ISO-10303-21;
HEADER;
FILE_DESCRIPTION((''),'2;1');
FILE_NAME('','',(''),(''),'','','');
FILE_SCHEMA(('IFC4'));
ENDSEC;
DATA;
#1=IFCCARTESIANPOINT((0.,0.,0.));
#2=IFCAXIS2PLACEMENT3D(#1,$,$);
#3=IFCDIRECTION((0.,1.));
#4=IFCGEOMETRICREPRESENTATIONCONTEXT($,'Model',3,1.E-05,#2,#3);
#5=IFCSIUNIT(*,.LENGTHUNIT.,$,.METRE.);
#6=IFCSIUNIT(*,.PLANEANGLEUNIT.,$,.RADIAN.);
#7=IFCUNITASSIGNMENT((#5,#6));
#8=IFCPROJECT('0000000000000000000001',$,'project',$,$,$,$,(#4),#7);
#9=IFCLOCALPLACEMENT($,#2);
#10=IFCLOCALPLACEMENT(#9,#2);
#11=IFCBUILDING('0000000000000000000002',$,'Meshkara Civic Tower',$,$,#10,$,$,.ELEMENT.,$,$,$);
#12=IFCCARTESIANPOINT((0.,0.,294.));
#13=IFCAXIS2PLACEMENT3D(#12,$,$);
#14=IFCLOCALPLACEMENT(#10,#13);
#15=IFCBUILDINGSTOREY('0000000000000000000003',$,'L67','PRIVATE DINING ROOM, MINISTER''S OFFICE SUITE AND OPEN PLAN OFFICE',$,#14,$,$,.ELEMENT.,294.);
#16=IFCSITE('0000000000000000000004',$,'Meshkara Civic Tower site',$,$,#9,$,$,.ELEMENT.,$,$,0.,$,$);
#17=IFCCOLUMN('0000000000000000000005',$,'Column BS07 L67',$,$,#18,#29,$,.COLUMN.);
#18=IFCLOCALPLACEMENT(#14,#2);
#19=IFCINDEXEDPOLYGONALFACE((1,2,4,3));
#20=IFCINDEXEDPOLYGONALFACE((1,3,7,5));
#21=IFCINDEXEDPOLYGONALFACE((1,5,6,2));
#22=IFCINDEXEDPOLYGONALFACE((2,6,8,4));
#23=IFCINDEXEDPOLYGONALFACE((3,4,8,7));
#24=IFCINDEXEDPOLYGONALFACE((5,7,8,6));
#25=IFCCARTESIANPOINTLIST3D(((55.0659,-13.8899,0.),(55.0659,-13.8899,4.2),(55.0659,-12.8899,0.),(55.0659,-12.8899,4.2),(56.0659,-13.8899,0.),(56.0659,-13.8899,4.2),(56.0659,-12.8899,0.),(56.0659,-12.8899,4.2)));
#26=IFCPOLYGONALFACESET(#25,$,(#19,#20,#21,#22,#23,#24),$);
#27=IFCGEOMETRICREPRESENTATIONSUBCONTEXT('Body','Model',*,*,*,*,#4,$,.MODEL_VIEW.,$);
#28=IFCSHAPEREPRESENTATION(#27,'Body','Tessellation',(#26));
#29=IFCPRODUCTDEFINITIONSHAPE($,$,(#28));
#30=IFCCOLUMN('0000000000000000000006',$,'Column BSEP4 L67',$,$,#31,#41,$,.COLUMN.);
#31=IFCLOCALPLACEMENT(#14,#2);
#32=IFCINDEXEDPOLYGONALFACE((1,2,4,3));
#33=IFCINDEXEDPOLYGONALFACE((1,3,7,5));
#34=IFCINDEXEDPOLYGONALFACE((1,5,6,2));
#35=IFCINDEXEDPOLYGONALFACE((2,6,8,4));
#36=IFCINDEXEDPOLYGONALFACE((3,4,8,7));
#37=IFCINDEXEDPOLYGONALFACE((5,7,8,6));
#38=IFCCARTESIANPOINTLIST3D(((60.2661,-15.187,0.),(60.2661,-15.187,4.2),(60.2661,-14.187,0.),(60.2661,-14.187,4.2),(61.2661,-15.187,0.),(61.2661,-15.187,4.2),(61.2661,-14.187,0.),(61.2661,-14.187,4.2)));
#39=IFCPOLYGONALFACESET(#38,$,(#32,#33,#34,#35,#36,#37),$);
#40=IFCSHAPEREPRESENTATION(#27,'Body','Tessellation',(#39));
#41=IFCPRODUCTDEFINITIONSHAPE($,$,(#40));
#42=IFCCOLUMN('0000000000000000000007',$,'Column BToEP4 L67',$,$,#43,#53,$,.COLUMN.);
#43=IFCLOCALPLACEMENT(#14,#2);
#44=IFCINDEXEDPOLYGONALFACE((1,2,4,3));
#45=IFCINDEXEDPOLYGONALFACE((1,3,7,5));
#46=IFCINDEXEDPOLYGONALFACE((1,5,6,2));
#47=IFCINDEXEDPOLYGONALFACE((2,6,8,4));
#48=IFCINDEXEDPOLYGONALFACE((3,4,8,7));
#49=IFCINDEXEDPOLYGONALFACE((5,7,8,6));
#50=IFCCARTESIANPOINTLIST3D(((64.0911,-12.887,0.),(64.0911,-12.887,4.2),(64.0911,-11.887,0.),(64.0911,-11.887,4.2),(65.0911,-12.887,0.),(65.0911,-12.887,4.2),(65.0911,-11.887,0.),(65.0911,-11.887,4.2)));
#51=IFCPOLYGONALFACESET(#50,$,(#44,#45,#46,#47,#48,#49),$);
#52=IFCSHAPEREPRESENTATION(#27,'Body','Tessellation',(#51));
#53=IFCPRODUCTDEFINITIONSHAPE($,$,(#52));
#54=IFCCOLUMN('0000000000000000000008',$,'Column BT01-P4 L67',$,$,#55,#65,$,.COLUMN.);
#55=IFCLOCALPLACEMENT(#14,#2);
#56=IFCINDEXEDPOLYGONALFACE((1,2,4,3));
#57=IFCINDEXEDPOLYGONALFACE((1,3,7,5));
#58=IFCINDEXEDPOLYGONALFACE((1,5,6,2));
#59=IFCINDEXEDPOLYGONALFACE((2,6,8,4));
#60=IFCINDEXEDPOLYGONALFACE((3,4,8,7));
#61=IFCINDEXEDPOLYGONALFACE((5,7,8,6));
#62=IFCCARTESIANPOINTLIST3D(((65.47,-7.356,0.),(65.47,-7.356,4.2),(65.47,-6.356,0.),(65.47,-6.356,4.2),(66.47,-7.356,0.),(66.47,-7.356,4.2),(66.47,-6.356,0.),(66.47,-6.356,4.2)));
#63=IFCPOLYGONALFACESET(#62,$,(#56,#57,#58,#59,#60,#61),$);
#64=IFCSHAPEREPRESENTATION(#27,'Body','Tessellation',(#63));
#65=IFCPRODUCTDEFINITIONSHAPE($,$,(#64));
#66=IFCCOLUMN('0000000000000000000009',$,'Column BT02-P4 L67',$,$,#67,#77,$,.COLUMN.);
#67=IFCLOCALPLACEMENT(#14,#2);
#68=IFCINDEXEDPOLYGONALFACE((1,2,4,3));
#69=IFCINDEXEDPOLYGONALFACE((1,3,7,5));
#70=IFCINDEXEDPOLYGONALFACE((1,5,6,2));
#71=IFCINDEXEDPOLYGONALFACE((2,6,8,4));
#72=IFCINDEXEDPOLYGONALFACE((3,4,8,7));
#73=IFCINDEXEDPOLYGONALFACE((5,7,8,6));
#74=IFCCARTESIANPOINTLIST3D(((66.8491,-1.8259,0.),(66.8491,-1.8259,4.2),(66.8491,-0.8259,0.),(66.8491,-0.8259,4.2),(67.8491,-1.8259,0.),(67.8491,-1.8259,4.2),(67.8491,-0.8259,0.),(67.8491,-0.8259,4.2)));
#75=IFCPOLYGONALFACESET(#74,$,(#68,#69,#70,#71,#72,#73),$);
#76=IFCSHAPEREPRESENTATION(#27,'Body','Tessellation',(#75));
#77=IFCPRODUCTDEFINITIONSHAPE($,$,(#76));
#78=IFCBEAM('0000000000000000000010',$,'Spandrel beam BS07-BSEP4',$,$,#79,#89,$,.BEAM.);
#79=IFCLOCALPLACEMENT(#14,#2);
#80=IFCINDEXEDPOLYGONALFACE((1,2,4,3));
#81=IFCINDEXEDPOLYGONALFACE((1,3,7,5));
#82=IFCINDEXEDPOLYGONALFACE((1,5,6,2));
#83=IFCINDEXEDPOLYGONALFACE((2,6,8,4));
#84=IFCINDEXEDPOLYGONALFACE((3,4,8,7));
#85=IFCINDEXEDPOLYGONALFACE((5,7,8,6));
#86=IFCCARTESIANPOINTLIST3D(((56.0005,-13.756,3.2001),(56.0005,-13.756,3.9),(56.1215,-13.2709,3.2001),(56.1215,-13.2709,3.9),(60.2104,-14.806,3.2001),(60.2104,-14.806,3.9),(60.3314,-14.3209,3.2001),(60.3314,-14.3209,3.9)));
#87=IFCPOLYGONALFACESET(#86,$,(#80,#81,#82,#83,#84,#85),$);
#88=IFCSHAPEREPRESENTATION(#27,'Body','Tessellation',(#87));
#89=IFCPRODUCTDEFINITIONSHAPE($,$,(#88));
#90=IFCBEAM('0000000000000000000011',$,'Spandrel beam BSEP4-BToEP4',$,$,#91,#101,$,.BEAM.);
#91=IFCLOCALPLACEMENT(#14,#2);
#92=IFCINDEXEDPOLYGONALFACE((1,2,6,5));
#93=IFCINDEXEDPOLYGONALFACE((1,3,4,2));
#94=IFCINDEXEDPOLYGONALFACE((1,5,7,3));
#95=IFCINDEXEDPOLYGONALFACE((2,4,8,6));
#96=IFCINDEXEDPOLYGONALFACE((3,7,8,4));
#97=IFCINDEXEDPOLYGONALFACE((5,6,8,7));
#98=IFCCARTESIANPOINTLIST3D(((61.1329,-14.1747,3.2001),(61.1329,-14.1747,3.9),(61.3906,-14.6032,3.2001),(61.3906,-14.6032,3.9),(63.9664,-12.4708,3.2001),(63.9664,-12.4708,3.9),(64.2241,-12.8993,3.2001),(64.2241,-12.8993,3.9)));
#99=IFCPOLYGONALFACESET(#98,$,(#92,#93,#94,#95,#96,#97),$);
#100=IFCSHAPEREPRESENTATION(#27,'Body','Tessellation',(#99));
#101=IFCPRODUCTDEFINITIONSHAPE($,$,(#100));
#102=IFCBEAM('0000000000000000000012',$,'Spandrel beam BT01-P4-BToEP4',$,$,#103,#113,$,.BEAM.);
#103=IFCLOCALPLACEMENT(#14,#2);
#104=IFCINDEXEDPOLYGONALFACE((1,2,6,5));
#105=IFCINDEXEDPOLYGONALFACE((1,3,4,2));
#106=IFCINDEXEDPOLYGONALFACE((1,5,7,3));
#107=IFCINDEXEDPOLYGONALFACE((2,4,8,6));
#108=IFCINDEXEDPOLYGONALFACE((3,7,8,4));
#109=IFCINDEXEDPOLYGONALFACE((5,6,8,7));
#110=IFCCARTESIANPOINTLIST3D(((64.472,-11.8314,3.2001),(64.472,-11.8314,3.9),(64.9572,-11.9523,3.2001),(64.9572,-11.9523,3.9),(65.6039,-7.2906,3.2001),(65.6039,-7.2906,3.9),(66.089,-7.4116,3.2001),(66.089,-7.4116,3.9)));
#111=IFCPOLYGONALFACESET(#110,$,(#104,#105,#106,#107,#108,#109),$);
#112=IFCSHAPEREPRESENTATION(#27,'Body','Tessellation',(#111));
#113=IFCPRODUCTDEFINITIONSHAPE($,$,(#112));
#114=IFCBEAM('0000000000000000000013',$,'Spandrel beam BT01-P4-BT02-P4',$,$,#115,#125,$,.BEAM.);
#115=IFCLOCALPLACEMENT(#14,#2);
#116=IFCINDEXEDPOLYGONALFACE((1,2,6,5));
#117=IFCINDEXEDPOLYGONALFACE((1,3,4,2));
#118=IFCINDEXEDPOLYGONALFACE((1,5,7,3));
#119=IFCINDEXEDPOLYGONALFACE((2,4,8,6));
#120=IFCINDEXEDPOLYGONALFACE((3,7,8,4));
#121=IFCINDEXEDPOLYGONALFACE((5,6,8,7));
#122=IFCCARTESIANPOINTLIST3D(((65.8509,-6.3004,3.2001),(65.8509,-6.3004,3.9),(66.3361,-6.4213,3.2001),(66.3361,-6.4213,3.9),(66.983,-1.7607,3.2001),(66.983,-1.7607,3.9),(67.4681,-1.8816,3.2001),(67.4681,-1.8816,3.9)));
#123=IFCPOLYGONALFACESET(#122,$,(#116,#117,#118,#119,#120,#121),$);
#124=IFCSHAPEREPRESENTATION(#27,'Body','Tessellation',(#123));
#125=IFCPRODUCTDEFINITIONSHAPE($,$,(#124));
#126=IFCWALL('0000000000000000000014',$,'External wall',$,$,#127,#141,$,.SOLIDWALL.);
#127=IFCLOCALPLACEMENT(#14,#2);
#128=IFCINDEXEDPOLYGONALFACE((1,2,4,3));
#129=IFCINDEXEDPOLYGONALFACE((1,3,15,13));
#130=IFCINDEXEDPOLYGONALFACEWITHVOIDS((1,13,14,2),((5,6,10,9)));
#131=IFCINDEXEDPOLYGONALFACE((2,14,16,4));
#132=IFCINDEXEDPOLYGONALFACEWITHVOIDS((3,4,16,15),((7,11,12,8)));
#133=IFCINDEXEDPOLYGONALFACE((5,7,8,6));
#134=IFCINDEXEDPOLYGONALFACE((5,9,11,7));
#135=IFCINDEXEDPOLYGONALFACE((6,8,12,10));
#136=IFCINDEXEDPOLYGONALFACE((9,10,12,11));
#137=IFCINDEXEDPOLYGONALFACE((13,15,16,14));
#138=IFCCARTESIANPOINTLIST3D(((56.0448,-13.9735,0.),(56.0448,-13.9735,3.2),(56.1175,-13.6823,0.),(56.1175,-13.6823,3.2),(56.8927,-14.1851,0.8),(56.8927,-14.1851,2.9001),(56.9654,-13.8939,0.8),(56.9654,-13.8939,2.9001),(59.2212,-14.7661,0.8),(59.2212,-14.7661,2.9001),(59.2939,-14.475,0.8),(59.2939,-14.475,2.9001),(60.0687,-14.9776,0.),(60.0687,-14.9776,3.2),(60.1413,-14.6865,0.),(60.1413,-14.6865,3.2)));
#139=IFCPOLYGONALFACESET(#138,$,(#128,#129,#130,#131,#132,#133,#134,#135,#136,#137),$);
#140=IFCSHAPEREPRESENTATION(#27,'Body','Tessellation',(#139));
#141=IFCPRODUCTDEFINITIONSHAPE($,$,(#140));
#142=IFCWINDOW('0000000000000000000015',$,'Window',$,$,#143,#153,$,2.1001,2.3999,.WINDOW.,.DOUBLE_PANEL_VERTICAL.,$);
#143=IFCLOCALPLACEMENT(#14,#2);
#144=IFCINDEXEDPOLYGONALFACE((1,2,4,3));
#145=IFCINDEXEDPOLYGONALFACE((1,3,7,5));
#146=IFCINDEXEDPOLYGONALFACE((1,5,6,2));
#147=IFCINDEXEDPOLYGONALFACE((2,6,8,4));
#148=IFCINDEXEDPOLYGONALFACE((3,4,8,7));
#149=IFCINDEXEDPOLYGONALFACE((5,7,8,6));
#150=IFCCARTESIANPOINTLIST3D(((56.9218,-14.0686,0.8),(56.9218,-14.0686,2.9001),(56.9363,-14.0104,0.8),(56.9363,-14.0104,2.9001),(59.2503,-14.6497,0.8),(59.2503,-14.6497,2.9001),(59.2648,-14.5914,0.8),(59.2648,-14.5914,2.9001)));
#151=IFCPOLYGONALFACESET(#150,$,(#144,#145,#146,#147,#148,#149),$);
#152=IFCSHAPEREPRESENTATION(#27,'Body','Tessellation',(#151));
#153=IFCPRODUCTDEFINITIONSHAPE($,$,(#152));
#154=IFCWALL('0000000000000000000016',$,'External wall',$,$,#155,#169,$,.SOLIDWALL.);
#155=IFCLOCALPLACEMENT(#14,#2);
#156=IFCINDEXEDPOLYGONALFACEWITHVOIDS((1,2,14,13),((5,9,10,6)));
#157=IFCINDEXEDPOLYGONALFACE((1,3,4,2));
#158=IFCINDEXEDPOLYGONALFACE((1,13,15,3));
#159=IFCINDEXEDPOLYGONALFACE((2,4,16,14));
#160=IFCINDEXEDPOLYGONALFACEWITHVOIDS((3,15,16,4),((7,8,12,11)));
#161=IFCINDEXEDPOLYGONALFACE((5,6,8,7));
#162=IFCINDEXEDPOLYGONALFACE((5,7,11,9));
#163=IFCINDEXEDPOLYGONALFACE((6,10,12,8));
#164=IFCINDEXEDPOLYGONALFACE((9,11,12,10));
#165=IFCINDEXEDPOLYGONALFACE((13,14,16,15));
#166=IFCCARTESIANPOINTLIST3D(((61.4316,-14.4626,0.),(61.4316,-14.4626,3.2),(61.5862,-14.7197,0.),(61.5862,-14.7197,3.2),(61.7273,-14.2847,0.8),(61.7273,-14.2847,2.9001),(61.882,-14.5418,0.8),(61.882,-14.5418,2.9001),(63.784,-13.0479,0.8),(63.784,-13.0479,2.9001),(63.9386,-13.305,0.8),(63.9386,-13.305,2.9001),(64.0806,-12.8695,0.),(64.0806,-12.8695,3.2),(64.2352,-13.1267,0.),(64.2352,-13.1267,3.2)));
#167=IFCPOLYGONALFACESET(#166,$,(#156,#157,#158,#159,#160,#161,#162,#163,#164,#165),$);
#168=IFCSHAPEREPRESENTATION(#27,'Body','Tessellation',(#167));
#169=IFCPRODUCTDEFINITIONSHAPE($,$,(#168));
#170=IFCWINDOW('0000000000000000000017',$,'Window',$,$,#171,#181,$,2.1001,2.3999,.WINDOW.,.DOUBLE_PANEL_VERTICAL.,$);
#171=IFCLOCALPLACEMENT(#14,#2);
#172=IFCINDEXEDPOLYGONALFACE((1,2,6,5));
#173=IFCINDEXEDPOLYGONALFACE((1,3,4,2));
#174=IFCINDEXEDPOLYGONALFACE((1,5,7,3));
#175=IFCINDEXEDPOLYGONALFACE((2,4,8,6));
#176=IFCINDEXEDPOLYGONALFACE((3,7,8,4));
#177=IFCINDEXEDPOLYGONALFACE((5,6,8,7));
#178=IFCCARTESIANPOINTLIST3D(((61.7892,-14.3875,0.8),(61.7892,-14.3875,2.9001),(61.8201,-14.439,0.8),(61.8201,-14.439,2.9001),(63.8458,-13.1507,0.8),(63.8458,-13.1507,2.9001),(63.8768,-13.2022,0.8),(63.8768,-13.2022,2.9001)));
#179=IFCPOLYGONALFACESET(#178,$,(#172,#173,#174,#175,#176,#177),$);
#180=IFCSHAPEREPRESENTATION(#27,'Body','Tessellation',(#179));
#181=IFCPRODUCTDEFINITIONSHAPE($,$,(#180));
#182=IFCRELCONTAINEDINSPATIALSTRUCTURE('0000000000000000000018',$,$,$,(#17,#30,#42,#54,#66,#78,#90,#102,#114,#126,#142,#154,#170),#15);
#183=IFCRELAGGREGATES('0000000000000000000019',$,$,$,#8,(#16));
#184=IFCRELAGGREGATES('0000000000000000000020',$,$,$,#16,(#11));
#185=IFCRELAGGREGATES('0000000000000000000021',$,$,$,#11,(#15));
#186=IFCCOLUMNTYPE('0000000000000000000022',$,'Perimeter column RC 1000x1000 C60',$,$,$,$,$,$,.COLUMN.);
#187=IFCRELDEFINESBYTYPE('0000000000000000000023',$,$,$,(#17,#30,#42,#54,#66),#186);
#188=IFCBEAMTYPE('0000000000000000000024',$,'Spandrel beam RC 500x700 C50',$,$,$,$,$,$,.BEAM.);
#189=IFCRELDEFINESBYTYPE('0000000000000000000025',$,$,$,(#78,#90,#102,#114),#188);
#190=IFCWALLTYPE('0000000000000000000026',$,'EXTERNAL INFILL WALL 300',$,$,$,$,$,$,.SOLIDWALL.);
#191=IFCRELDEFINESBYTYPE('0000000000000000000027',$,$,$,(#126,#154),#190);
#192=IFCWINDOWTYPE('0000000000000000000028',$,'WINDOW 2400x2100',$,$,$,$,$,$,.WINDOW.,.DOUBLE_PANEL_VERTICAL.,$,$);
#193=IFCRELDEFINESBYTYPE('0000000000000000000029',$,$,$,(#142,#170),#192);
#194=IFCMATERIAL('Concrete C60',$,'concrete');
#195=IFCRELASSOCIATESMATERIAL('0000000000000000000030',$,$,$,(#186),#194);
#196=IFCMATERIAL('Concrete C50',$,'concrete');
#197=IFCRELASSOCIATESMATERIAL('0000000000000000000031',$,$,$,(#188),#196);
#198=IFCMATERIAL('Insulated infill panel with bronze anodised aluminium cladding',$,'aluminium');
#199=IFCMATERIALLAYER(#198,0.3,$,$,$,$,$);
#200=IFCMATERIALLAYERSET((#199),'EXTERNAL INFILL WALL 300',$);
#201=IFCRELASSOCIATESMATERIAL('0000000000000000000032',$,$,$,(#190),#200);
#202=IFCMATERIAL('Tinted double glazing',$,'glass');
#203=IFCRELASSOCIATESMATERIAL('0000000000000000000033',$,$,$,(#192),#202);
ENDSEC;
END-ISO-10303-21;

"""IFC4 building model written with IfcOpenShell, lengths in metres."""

from ifc_helpers import new_model, si_unit, direction, frame, frame_2d, origin, origin_2d, place, context, subcontext, project, spatial, rectangle, extrude, material, layer, layer_set, material_profile, profile_set, type_object, element, fill, save


model = new_model("IFC4")

# Units and contexts
model_context = context("Model", 3, precision=1e-05, world=origin(), true_north=direction((0.0, 1.0)))
body_context = subcontext(model_context, "Body", "Model", "MODEL_VIEW")
ifc_project = project(units=[si_unit("LENGTHUNIT", "METRE"), si_unit("PLANEANGLEUNIT", "RADIAN")], contexts=[model_context])

# Site, building, storey
site_placement = place(None, origin())
site = spatial("IfcSite", under=ifc_project, at=site_placement, Name="Meshkara Civic Tower site", CompositionType="ELEMENT", RefElevation=0.0)
building_placement = place(site_placement, origin())
building = spatial("IfcBuilding", under=site, at=building_placement, Name="Meshkara Civic Tower", CompositionType="ELEMENT")
storey_placement = place(building_placement, frame((0.0, 0.0, 294.0)))
storey = spatial("IfcBuildingStorey", under=building, at=storey_placement, Name="L67", Description="PRIVATE DINING ROOM, MINISTER'S OFFICE SUITE AND OPEN PLAN OFFICE", CompositionType="ELEMENT", Elevation=294.0)

# Columns
ifc_material_1 = material(Name="Concrete C60", Category="concrete")
ifc_material_profile_1 = material_profile(ifc_material_1, rectangle(XDim=1.0, YDim=1.0, at=origin_2d()))
ifc_profile_set_1 = profile_set([ifc_material_profile_1], Name="Concrete C60")
column_type = type_object("IfcColumnType", Name="Perimeter column RC 1000x1000 C60", PredefinedType="COLUMN", material=ifc_profile_set_1)
for number, where, z_axis, x_axis, name in (
    (1, (55.5659, -13.3899, 0.0), (0.0, 0.0, 1.0), (1.0, 0.0, 0.0), "Column BS07 L67"),
    (2, (60.7661, -14.687, 0.0), (0.0, 0.0, 1.0), (1.0, 0.0, 0.0), "Column BSEP4 L67"),
    (3, (64.5911, -12.387, 0.0), (0.0, 0.0, 1.0), (1.0, 0.0, 0.0), "Column BToEP4 L67"),
    (4, (65.97, -6.856, 0.0), (0.0, 0.0, 1.0), (1.0, 0.0, 0.0), "Column BT01-P4 L67"),
    (5, (67.3491, -1.3259, 0.0), (0.0, 0.0, 1.0), (1.0, 0.0, 0.0), "Column BT02-P4 L67"),
):
    element("IfcColumn", number, at=place(storey_placement, frame(where, z_axis=z_axis, x_axis=x_axis)), inside=storey, type_object=column_type, Name=name, PredefinedType="COLUMN", context=body_context, shape_type="SweptSolid", body=[
        extrude(rectangle(XDim=1.0, YDim=1.0, at=origin_2d()), origin(), (0.0, 0.0, 1.0), 4.2),
    ])

# Beams
ifc_material_2 = material(Name="Concrete C50", Category="concrete")
ifc_material_profile_2 = material_profile(ifc_material_2, rectangle(XDim=0.5, YDim=0.7, at=origin_2d()))
ifc_profile_set_2 = profile_set([ifc_material_profile_2], Name="Concrete C50")
beam_type = type_object("IfcBeamType", Name="Spandrel beam RC 500x700 C50", PredefinedType="BEAM", material=ifc_profile_set_2)
beam_1_placement = place(storey_placement, frame((56.061, -13.5134, 3.55), z_axis=(0.970275, -0.242006, 0.0), x_axis=(0.242006, 0.970275, 0.0)))
element("IfcBeam", 6, at=beam_1_placement, inside=storey, type_object=beam_type, Name="Spandrel beam BS07-BSEP4", PredefinedType="BEAM", context=body_context, shape_type="SweptSolid", body=[
    extrude(rectangle(XDim=0.5, YDim=0.7, at=origin_2d()), origin(), (0.0, 0.0, 1.0), 4.3389),
])
beam_2_placement = place(storey_placement, frame((61.2617, -14.3889, 3.55), z_axis=(0.856991, 0.515332, 0.0), x_axis=(-0.515332, 0.856991, 0.0)))
element("IfcBeam", 7, at=beam_2_placement, inside=storey, type_object=beam_type, Name="Spandrel beam BSEP4-BToEP4", PredefinedType="BEAM", context=body_context, shape_type="SweptSolid", body=[
    extrude(rectangle(XDim=0.5, YDim=0.7, at=origin_2d()), origin(), (0.0, 0.0, 1.0), 3.3064),
])
beam_3_placement = place(storey_placement, frame((64.7146, -11.8918, 3.55), z_axis=(0.24186, 0.970311, 0.0), x_axis=(-0.970311, 0.24186, 0.0)))
element("IfcBeam", 8, at=beam_3_placement, inside=storey, type_object=beam_type, Name="Spandrel beam BT01-P4-BToEP4", PredefinedType="BEAM", context=body_context, shape_type="SweptSolid", body=[
    extrude(rectangle(XDim=0.5, YDim=0.7, at=origin_2d()), origin(), (0.0, 0.0, 1.0), 4.6797),
])
beam_4_placement = place(storey_placement, frame((66.0935, -6.3608, 3.55), z_axis=(0.241959, 0.970287, 0.0), x_axis=(-0.970287, 0.241959, 0.0)))
element("IfcBeam", 9, at=beam_4_placement, inside=storey, type_object=beam_type, Name="Spandrel beam BT01-P4-BT02-P4", PredefinedType="BEAM", context=body_context, shape_type="SweptSolid", body=[
    extrude(rectangle(XDim=0.5, YDim=0.7, at=origin_2d()), origin(), (0.0, 0.0, 1.0), 4.6787),
])

# Walls, openings, windows
ifc_material_3 = material(Name="Insulated infill panel with bronze anodised aluminium cladding", Category="aluminium")
ifc_layer_1 = layer(ifc_material_3, 0.3)
ifc_layer_set_1 = layer_set([ifc_layer_1], Name="EXTERNAL INFILL WALL 300")
wall_type_1 = type_object("IfcWallType", Name="EXTERNAL INFILL WALL 300", PredefinedType="SOLIDWALL", material=ifc_layer_set_1)
wall_1_placement = place(storey_placement, frame((56.0811, -13.8279, 0.0), z_axis=(0.0, 0.0, 1.0), x_axis=(0.970246, -0.24212, 0.0)))
wall_1 = element("IfcWall", 10, at=wall_1_placement, inside=storey, type_object=wall_type_1, Name="External wall", PredefinedType="SOLIDWALL", context=body_context, shape_type="SweptSolid", body=[
    extrude(rectangle(XDim=4.1472, YDim=0.3, at=frame_2d((2.0737, 0.0))), origin(), (0.0, 0.0, 1.0), 3.2),
])
opening_1_placement = place(wall_1_placement, frame((0.874, 0.0, 0.8)))
opening_1 = element("IfcOpeningElement", 11, at=opening_1_placement, cuts=wall_1, PredefinedType="OPENING", context=body_context, shape_type="SweptSolid", body=[
    extrude(rectangle(XDim=2.3999, YDim=2.1001, at=frame_2d((1.2, 1.05))), frame((0.0, 0.1599, 0.0), z_axis=(0.0, -1.0, 0.0), x_axis=(1.0, 0.0, 0.0)), (0.0, 0.0, 1.0), 0.3201),
])
ifc_material_4 = material(Name="Tinted double glazing", Category="glass")
window_type = type_object("IfcWindowType", Name="WINDOW 2400x2100", PartitioningType="DOUBLE_PANEL_VERTICAL", PredefinedType="WINDOW", material=ifc_material_4)
window_1_placement = place(opening_1_placement, origin())
window_1 = element("IfcWindow", 12, at=window_1_placement, inside=storey, type_object=window_type, Name="Window", OverallHeight=2.1001, OverallWidth=2.3999, PartitioningType="DOUBLE_PANEL_VERTICAL", PredefinedType="WINDOW", context=body_context, shape_type="SweptSolid", body=[
    extrude(rectangle(XDim=2.3999, YDim=2.1001, at=frame_2d((1.2, 1.05))), frame((0.0, 0.03, 0.0), z_axis=(0.0, -1.0, 0.0), x_axis=(1.0, 0.0, 0.0)), (0.0, 0.0, 1.0), 0.0601),
])
fill(opening_1, window_1)
wall_2_placement = place(storey_placement, frame((61.509, -14.5911, 0.0), z_axis=(0.0, 0.0, 1.0), x_axis=(0.85697, 0.515367, 0.0)))
wall_2 = element("IfcWall", 13, at=wall_2_placement, inside=storey, type_object=wall_type_1, Name="External wall", PredefinedType="SOLIDWALL", context=body_context, shape_type="SweptSolid", body=[
    extrude(rectangle(XDim=3.0911, YDim=0.3, at=frame_2d((1.5454, 0.0))), origin(), (0.0, 0.0, 1.0), 3.2),
])
opening_2_placement = place(wall_2_placement, frame((0.345, 0.0, 0.8)))
opening_2 = element("IfcOpeningElement", 14, at=opening_2_placement, cuts=wall_2, PredefinedType="OPENING", context=body_context, shape_type="SweptSolid", body=[
    extrude(rectangle(XDim=2.3999, YDim=2.1001, at=frame_2d((1.2, 1.05))), frame((0.0, 0.1599, 0.0), z_axis=(0.0, -1.0, 0.0), x_axis=(1.0, 0.0, 0.0)), (0.0, 0.0, 1.0), 0.3201),
])
window_2_placement = place(opening_2_placement, origin())
window_2 = element("IfcWindow", 15, at=window_2_placement, inside=storey, type_object=window_type, Name="Window", OverallHeight=2.1001, OverallWidth=2.3999, PartitioningType="DOUBLE_PANEL_VERTICAL", PredefinedType="WINDOW", context=body_context, shape_type="SweptSolid", body=[
    extrude(rectangle(XDim=2.3999, YDim=2.1001, at=frame_2d((1.2, 1.05))), frame((0.0, 0.03, 0.0), z_axis=(0.0, -1.0, 0.0), x_axis=(1.0, 0.0, 0.0)), (0.0, 0.0, 1.0), 0.0601),
])
fill(opening_2, window_2)

save(model, "model.ifc")
